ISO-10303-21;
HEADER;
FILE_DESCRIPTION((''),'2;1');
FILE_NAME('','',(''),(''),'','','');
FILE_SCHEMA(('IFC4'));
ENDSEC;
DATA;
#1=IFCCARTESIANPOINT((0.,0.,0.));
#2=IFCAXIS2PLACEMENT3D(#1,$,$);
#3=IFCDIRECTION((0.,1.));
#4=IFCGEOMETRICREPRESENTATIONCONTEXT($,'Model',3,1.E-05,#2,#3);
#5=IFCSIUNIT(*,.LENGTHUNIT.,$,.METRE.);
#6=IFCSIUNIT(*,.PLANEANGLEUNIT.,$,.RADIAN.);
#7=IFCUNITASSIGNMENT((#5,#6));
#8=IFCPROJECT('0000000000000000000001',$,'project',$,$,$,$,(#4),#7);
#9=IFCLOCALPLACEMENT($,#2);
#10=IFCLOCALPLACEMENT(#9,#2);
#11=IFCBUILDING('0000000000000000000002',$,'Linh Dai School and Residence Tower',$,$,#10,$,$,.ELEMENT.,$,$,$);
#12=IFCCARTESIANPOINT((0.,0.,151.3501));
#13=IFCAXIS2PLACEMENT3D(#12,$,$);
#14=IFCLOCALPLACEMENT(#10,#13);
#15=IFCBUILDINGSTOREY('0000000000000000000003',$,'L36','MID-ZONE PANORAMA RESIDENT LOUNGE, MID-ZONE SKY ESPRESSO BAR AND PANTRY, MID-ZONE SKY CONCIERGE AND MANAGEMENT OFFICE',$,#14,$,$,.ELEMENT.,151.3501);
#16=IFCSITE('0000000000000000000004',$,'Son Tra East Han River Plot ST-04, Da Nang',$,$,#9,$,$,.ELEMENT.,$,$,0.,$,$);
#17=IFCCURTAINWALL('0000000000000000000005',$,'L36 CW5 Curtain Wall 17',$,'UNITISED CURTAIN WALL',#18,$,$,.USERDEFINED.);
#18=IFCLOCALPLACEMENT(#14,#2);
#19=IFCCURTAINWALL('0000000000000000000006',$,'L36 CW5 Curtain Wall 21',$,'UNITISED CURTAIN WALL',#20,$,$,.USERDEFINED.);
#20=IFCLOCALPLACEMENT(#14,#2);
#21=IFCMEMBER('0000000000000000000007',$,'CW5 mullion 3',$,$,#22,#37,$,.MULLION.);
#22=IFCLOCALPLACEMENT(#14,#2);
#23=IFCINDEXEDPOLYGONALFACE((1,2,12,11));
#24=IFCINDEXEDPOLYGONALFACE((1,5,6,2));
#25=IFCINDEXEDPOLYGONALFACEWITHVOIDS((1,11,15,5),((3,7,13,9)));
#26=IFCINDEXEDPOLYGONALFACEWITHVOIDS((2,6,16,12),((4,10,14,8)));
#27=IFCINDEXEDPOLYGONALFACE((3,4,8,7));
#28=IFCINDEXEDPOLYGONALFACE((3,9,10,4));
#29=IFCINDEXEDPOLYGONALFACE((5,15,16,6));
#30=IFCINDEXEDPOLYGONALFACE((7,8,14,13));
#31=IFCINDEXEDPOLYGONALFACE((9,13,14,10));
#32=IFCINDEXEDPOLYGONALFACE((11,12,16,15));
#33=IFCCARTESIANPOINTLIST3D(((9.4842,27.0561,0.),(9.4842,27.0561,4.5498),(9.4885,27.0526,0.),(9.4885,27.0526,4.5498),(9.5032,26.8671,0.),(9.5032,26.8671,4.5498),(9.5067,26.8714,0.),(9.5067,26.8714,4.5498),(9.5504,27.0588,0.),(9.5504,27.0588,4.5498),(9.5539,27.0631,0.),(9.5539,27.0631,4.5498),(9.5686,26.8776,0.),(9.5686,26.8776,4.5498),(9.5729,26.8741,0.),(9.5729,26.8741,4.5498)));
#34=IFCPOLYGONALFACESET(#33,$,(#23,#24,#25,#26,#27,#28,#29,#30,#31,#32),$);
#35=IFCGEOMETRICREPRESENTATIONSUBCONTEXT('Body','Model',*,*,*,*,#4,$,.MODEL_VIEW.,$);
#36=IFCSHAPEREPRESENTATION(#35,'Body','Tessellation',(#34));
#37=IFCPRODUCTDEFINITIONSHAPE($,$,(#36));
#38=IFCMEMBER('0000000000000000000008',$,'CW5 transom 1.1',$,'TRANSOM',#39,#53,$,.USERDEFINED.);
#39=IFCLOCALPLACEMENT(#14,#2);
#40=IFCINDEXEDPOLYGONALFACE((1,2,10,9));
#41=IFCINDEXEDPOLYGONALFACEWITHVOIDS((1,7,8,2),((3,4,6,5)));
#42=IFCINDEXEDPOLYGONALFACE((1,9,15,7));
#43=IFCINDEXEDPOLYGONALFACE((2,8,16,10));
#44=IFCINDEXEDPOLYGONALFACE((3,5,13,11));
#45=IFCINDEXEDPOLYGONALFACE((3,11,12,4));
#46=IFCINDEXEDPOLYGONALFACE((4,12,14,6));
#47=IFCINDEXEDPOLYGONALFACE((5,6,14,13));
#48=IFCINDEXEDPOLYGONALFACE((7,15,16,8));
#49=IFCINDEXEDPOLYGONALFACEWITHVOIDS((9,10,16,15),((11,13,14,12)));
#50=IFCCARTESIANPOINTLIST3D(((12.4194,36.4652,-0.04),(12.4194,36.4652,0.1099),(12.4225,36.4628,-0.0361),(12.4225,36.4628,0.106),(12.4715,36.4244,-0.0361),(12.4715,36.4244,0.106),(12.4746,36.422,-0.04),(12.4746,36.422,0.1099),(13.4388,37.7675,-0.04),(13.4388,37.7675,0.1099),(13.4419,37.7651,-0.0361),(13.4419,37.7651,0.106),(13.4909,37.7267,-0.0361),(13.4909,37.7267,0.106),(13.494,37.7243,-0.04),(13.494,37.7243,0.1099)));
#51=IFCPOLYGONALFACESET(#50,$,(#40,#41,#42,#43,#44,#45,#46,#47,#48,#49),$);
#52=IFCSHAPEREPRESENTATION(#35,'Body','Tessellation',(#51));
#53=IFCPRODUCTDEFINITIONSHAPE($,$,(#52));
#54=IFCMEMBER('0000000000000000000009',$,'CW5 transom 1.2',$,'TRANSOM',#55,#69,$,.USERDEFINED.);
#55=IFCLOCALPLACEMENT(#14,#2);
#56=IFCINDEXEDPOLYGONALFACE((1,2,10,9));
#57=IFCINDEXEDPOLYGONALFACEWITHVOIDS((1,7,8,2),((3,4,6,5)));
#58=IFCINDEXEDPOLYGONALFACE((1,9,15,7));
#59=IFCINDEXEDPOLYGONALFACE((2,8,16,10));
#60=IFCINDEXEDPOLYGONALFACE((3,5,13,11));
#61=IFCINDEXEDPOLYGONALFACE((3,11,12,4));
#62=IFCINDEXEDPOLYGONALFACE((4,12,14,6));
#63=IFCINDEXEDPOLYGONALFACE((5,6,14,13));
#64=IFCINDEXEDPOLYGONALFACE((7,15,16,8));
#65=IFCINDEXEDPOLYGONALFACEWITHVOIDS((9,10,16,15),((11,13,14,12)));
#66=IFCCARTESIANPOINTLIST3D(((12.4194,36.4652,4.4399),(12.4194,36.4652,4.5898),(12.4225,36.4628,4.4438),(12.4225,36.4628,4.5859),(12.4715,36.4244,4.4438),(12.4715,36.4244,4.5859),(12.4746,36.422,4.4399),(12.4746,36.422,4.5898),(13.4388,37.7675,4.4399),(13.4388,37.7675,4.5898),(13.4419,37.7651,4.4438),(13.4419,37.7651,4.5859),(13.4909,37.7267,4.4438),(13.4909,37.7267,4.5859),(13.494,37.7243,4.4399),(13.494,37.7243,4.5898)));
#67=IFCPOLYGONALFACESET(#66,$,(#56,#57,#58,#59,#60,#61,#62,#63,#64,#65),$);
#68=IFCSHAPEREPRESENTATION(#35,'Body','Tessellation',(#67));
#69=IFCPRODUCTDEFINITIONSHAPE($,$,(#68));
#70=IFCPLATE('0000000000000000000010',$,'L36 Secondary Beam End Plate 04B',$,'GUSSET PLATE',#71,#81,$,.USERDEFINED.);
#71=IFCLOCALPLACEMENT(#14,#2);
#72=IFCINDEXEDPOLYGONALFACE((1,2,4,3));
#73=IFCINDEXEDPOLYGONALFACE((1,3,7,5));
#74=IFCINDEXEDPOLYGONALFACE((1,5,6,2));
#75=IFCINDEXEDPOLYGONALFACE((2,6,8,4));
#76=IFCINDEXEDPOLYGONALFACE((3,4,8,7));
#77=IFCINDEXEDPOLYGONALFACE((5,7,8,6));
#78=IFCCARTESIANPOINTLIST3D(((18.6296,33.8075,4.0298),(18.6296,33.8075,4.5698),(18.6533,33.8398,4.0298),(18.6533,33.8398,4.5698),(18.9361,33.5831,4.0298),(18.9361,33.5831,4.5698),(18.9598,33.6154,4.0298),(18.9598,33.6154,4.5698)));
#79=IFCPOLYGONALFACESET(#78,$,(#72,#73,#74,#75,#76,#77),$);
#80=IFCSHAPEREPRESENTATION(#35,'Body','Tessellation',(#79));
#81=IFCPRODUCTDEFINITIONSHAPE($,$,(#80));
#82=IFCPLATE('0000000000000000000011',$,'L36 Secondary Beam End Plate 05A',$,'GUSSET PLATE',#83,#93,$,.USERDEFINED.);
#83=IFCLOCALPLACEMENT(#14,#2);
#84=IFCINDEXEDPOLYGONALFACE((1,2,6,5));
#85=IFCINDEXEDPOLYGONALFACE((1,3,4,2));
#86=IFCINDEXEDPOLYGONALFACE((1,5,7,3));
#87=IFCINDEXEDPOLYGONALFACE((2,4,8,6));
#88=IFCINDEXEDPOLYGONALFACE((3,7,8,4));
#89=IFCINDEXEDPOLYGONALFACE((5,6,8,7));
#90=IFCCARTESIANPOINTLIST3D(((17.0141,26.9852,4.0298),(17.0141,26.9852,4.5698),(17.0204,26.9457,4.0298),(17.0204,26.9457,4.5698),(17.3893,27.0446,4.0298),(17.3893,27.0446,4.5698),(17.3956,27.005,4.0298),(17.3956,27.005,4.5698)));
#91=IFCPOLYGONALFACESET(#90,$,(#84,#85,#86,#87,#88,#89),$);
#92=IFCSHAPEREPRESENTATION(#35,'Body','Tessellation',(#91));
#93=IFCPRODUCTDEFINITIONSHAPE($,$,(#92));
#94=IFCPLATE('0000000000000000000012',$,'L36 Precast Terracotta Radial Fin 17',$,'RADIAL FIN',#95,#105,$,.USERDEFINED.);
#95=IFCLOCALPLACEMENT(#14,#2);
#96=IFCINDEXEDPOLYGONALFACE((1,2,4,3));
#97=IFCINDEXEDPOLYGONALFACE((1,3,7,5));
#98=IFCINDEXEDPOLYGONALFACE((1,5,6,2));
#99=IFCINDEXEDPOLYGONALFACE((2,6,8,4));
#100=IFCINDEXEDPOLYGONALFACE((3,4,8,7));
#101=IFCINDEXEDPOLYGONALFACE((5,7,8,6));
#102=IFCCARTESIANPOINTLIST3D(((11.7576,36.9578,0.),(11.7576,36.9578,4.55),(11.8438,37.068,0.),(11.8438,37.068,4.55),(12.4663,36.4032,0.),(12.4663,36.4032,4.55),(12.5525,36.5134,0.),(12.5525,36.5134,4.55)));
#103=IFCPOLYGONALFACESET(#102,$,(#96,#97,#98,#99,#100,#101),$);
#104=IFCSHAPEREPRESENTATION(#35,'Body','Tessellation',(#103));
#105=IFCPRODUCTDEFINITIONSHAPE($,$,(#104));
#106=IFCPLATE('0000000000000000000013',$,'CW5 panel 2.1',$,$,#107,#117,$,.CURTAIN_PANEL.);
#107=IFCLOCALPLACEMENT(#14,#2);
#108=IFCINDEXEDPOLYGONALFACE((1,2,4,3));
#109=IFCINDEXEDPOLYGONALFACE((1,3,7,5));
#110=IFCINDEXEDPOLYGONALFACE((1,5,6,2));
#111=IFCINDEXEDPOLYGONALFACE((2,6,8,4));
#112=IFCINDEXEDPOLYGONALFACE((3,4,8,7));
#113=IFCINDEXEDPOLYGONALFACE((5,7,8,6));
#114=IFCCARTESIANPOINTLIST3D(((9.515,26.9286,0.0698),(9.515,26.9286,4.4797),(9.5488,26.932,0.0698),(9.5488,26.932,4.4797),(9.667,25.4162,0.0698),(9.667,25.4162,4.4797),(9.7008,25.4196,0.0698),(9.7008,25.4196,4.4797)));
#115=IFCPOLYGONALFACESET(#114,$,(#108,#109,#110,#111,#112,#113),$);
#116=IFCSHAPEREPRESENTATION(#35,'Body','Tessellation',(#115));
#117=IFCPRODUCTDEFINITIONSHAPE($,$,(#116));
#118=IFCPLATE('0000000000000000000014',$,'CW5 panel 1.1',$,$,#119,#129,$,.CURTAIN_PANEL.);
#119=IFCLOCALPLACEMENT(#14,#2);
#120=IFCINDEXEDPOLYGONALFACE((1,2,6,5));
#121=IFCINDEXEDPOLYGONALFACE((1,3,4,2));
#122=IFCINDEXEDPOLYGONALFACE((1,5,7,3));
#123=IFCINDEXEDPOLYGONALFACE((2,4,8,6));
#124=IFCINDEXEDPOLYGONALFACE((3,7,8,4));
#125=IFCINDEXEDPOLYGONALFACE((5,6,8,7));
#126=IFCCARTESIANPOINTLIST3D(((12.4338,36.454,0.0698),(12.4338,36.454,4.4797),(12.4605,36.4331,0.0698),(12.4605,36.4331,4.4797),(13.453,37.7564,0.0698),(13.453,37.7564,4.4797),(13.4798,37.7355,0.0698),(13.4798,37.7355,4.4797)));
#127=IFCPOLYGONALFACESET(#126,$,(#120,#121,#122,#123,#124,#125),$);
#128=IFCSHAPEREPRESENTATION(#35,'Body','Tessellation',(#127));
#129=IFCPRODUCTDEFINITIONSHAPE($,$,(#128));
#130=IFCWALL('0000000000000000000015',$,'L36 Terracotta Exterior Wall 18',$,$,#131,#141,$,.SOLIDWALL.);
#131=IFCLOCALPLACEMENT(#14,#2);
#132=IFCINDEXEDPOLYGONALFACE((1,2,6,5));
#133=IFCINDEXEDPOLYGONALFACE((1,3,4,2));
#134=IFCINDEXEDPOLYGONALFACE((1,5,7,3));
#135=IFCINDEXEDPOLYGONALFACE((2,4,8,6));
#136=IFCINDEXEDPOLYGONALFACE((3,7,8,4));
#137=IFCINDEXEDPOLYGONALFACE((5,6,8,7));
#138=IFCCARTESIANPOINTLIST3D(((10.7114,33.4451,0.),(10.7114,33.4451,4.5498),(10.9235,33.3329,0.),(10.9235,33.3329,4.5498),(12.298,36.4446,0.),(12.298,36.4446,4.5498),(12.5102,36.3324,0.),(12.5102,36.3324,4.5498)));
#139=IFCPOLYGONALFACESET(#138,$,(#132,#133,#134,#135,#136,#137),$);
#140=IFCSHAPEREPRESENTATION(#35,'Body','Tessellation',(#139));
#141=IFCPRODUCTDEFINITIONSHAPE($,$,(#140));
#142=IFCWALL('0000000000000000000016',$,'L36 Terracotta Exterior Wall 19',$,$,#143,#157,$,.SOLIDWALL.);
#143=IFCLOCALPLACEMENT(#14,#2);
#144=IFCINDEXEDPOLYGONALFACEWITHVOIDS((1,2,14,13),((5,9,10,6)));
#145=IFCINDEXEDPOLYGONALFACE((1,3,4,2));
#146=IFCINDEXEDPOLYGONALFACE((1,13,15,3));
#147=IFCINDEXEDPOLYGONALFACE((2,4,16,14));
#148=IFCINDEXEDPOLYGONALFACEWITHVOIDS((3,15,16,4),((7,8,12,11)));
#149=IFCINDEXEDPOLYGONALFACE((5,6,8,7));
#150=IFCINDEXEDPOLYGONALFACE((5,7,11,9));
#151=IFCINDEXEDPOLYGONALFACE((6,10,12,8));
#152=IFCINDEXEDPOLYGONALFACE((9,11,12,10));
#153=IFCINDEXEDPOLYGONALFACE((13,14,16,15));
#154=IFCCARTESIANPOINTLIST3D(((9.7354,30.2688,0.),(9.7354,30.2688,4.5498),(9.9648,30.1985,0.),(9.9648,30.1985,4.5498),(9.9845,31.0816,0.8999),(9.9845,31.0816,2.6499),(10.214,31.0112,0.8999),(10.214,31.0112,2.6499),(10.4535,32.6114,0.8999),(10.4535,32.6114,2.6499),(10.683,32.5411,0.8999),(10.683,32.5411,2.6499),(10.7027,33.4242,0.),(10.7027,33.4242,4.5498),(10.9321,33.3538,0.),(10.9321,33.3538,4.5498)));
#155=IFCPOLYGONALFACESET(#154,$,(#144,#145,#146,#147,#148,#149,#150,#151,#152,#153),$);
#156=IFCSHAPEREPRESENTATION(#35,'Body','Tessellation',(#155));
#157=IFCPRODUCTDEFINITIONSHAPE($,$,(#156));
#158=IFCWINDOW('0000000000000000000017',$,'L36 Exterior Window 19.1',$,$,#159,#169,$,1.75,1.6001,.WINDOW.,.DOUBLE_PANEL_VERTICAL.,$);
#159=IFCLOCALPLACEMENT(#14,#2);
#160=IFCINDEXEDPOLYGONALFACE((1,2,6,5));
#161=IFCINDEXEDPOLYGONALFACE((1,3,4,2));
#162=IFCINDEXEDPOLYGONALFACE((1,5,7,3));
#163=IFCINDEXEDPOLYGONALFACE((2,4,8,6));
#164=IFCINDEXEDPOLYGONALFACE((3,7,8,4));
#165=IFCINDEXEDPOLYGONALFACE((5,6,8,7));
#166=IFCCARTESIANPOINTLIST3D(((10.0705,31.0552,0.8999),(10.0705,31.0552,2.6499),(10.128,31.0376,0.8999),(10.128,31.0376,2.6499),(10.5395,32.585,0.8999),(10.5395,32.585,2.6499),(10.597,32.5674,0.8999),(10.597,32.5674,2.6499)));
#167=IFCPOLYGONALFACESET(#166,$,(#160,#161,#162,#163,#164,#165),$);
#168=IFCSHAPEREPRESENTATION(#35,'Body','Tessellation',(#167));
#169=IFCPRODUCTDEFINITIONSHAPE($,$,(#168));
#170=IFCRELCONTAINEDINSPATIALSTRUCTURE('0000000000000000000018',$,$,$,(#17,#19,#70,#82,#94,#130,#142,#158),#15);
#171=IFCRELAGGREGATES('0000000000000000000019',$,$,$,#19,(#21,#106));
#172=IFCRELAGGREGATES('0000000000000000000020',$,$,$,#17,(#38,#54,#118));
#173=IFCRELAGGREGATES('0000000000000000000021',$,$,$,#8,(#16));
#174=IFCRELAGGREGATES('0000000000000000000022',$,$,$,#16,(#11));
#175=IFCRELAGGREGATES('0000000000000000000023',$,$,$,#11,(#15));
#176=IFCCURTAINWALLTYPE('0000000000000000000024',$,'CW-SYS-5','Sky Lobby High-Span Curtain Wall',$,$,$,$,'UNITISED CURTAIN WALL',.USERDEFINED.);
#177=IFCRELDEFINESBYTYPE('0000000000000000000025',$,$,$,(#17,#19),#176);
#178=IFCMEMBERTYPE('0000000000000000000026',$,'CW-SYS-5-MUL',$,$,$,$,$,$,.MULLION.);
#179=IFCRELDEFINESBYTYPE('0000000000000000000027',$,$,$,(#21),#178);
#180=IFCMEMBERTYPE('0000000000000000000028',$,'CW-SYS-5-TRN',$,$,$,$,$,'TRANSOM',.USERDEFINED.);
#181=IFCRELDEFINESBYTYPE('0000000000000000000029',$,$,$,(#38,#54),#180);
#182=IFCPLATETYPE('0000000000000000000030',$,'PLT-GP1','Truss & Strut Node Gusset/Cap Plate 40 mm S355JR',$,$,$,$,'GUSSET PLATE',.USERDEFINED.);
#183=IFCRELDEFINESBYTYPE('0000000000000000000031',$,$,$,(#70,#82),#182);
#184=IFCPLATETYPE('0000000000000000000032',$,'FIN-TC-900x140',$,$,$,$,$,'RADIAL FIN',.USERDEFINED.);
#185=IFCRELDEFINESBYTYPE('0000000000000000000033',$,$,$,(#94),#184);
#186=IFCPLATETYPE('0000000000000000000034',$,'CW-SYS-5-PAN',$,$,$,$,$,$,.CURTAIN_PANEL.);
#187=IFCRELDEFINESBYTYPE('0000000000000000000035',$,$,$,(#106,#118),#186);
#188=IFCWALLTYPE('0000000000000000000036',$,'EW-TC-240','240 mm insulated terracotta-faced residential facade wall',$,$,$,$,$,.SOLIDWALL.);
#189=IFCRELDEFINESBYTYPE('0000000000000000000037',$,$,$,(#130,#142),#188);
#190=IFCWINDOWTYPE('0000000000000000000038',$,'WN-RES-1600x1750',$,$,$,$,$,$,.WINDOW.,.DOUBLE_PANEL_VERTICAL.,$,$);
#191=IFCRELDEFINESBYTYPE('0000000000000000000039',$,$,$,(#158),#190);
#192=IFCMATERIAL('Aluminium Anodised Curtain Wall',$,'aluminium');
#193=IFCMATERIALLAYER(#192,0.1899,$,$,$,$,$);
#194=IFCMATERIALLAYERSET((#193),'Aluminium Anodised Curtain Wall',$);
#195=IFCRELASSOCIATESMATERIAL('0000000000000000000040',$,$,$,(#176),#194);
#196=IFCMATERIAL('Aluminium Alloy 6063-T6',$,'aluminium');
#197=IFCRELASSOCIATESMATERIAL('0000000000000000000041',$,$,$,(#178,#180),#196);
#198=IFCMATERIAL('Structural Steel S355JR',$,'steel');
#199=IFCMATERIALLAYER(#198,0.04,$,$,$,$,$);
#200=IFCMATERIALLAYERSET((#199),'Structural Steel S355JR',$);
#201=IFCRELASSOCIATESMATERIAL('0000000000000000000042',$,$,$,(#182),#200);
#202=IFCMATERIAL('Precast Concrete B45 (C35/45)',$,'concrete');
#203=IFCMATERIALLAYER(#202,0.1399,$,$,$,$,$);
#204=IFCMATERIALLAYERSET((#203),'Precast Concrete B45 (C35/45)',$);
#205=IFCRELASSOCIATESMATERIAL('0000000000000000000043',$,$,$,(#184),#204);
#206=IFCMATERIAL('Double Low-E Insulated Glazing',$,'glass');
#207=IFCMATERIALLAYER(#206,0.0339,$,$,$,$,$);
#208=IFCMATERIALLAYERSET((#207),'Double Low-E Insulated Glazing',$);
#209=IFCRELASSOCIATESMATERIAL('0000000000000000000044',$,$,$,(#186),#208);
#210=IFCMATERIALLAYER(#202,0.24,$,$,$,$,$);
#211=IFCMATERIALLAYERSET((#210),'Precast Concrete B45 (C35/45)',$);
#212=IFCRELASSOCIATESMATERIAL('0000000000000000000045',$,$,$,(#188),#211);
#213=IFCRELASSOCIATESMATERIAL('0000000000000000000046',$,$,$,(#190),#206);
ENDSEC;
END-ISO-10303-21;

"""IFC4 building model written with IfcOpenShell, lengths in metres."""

from ifc_helpers import new_model, si_unit, direction, frame, frame_2d, origin, origin_2d, place, context, subcontext, project, spatial, rectangle, hollow_rectangle, extrude, source, transform, mapped, material, layer, layer_set, material_profile, profile_set, type_object, element, fill, aggregate, save


model = new_model("IFC4")

# Units and contexts
model_context = context("Model", 3, precision=1e-05, world=origin(), true_north=direction((0.0, 1.0)))
body_context = subcontext(model_context, "Body", "Model", "MODEL_VIEW")
ifc_project = project(units=[si_unit("LENGTHUNIT", "METRE"), si_unit("PLANEANGLEUNIT", "RADIAN")], contexts=[model_context])

# Site, building, storey
site_placement = place(None, origin())
site = spatial("IfcSite", under=ifc_project, at=site_placement, Name="Son Tra East Han River Plot ST-04, Da Nang", CompositionType="ELEMENT", RefElevation=0.0)
building_placement = place(site_placement, origin())
building = spatial("IfcBuilding", under=site, at=building_placement, Name="Linh Dai School and Residence Tower", CompositionType="ELEMENT")
storey_placement = place(building_placement, frame((0.0, 0.0, 151.3501)))
storey = spatial("IfcBuildingStorey", under=building, at=storey_placement, Name="L36", Description="MID-ZONE PANORAMA RESIDENT LOUNGE, MID-ZONE SKY ESPRESSO BAR AND PANTRY, MID-ZONE SKY CONCIERGE AND MANAGEMENT OFFICE", CompositionType="ELEMENT", Elevation=151.3501)

# Shared definitions
ifc_material_1 = material(Name="Structural Steel S355JR", Category="steel")

# Curtain walls, member
ifc_material_2 = material(Name="Aluminium Anodised Curtain Wall", Category="aluminium")
ifc_layer_1 = layer(ifc_material_2, 0.1899)
ifc_layer_set_1 = layer_set([ifc_layer_1], Name="Aluminium Anodised Curtain Wall")
curtain_wall_type = type_object("IfcCurtainWallType", Name="CW-SYS-5", Description="Sky Lobby High-Span Curtain Wall", ElementType="UNITISED CURTAIN WALL", PredefinedType="USERDEFINED", material=ifc_layer_set_1)
curtain_wall_1_placement = place(storey_placement, origin())
curtain_wall_1 = element("IfcCurtainWall", 1, at=curtain_wall_1_placement, inside=storey, type_object=curtain_wall_type, Name="L36 CW5 Curtain Wall 17", ObjectType="UNITISED CURTAIN WALL", PredefinedType="USERDEFINED")
ifc_material_3 = material(Name="Aluminium Alloy 6063-T6", Category="aluminium")
ifc_material_profile_1 = material_profile(ifc_material_3, hollow_rectangle(XDim=0.0701, YDim=0.1899, WallThickness=0.0039, at=origin_2d()), Name="RHS 190x70x4")
ifc_profile_set_1 = profile_set([ifc_material_profile_1], Name="Aluminium Alloy 6063-T6")
member_type_1 = type_object("IfcMemberType", Name="CW-SYS-5-MUL", PredefinedType="MULLION", material=ifc_profile_set_1)
shared_shape_1 = source(origin(), body_context, "Body", "SweptSolid", [
    extrude(hollow_rectangle(XDim=0.0701, YDim=0.1899, WallThickness=0.0039, at=origin_2d()), origin(), (0.0, 0.0, 1.0), 4.5498),
])
curtain_wall_2_placement = place(storey_placement, origin())
curtain_wall_2 = element("IfcCurtainWall", 2, at=curtain_wall_2_placement, inside=storey, type_object=curtain_wall_type, Name="L36 CW5 Curtain Wall 21", ObjectType="UNITISED CURTAIN WALL", PredefinedType="USERDEFINED")
member_1_placement = place(storey_placement, frame((9.5286, 26.9651, 0.0), z_axis=(0.0, 0.0, 1.0), x_axis=(-0.994987, -0.100002, 0.0)))
member_1 = element("IfcMember", 3, at=member_1_placement, type_object=member_type_1, Name="CW5 mullion 3", PredefinedType="MULLION", context=body_context, shape_type="MappedRepresentation", body=[
    mapped(shared_shape_1, transform((0.0, 0.0, 0.0), x_axis=(1.0, 0.0, 0.0), y_axis=(0.0, 1.0, 0.0), z_axis=(0.0, 0.0, 1.0), scale=1.0)),
])

# Members
ifc_material_profile_2 = material_profile(ifc_material_3, hollow_rectangle(XDim=0.0701, YDim=0.1499, WallThickness=0.0039, at=origin_2d()), Name="RHS 150x70x4")
ifc_profile_set_2 = profile_set([ifc_material_profile_2], Name="Aluminium Alloy 6063-T6")
member_type_2 = type_object("IfcMemberType", Name="CW-SYS-5-TRN", ElementType="TRANSOM", PredefinedType="USERDEFINED", material=ifc_profile_set_2)
shared_shape_2 = source(origin(), body_context, "Body", "SweptSolid", [
    extrude(hollow_rectangle(XDim=0.0701, YDim=0.1499, WallThickness=0.0039, at=origin_2d()), origin(), (0.0, 0.0, 1.0), 1.6538),
])
member_2_placement = place(storey_placement, frame((12.447, 36.4436, 0.0349), z_axis=(0.61636, 0.787465, 0.0), x_axis=(-0.787465, 0.61636, 0.0)))
member_2 = element("IfcMember", 4, at=member_2_placement, type_object=member_type_2, Name="CW5 transom 1.1", ObjectType="TRANSOM", PredefinedType="USERDEFINED", context=body_context, shape_type="MappedRepresentation", body=[
    mapped(shared_shape_2, transform((0.0, 0.0, 0.0), x_axis=(1.0, 0.0, 0.0), y_axis=(0.0, 1.0, 0.0), z_axis=(0.0, 0.0, 1.0), scale=1.0)),
])
member_3_placement = place(storey_placement, frame((12.447, 36.4436, 4.5149), z_axis=(0.61636, 0.787465, 0.0), x_axis=(-0.787465, 0.61636, 0.0)))
member_3 = element("IfcMember", 5, at=member_3_placement, type_object=member_type_2, Name="CW5 transom 1.2", ObjectType="TRANSOM", PredefinedType="USERDEFINED", context=body_context, shape_type="MappedRepresentation", body=[
    mapped(shared_shape_2, transform((0.0, 0.0, 0.0), x_axis=(1.0, 0.0, 0.0), y_axis=(0.0, 1.0, 0.0), z_axis=(0.0, 0.0, 1.0), scale=1.0)),
])

# Plates
ifc_layer_2 = layer(ifc_material_1, 0.04)
ifc_layer_set_2 = layer_set([ifc_layer_2], Name="Structural Steel S355JR")
plate_type_1 = type_object("IfcPlateType", Name="PLT-GP1", Description="Truss & Strut Node Gusset/Cap Plate 40 mm S355JR", ElementType="GUSSET PLATE", PredefinedType="USERDEFINED", material=ifc_layer_set_2)
shared_shape_3 = source(origin(), body_context, "Body", "SweptSolid", [
    extrude(rectangle(XDim=0.04, YDim=0.3799, at=origin_2d()), origin(), (0.0, 0.0, 1.0), 0.54),
])
for number, where, z_axis, x_axis, name in (
    (6, (18.7947, 33.7114, 4.0298), (0.0, 0.0, 1.0), (-0.590797, -0.80682, 0.0), "L36 Secondary Beam End Plate 04B"),
    (7, (17.2048, 26.9951, 4.0298), (0.0, 0.0, 1.0), (0.156309, -0.987708, 0.0), "L36 Secondary Beam End Plate 05A"),
):
    element("IfcPlate", number, at=place(storey_placement, frame(where, z_axis=z_axis, x_axis=x_axis)), inside=storey, type_object=plate_type_1, Name=name, ObjectType="GUSSET PLATE", PredefinedType="USERDEFINED", context=body_context, shape_type="MappedRepresentation", body=[
        mapped(shared_shape_3, transform((0.0, 0.0, 0.0), x_axis=(1.0, 0.0, 0.0), y_axis=(0.0, 1.0, 0.0), z_axis=(0.0, 0.0, 1.0), scale=1.0)),
    ])
ifc_material_4 = material(Name="Precast Concrete B45 (C35/45)", Category="concrete")
ifc_layer_3 = layer(ifc_material_4, 0.1399)
ifc_layer_set_3 = layer_set([ifc_layer_3], Name="Precast Concrete B45 (C35/45)")
plate_type_2 = type_object("IfcPlateType", Name="FIN-TC-900x140", ElementType="RADIAL FIN", PredefinedType="USERDEFINED", material=ifc_layer_set_3)
shared_shape_4 = source(origin(), body_context, "Body", "SweptSolid", [
    extrude(rectangle(XDim=0.8999, YDim=0.1399, at=origin_2d()), origin(), (0.0, 0.0, 1.0), 4.55),
])
plate_1_placement = place(storey_placement, frame((12.155, 36.7356, 0.0), z_axis=(0.0, 0.0, 1.0), x_axis=(-0.787522, 0.616286, 0.0)))
element("IfcPlate", 8, at=plate_1_placement, inside=storey, type_object=plate_type_2, Name="L36 Precast Terracotta Radial Fin 17", ObjectType="RADIAL FIN", PredefinedType="USERDEFINED", context=body_context, shape_type="MappedRepresentation", body=[
    mapped(shared_shape_4, transform((0.0, 0.0, 0.0), x_axis=(1.0, 0.0, 0.0), y_axis=(0.0, 1.0, 0.0), z_axis=(0.0, 0.0, 1.0), scale=1.0)),
])

# Plates
ifc_material_5 = material(Name="Double Low-E Insulated Glazing", Category="glass")
ifc_layer_4 = layer(ifc_material_5, 0.0339)
ifc_layer_set_4 = layer_set([ifc_layer_4], Name="Double Low-E Insulated Glazing")
plate_type_3 = type_object("IfcPlateType", Name="CW-SYS-5-PAN", PredefinedType="CURTAIN_PANEL", material=ifc_layer_set_4)
shared_shape_5 = source(origin(), body_context, "Body", "SweptSolid", [
    extrude(rectangle(XDim=1.52, YDim=0.0339, at=origin_2d()), origin(), (0.0, 0.0, 1.0), 4.4099),
])
plate_2_placement = place(storey_placement, frame((9.6079, 26.1741, 0.0698), z_axis=(0.0, 0.0, 1.0), x_axis=(-0.100002, 0.994987, 0.0)))
plate_2 = element("IfcPlate", 9, at=plate_2_placement, type_object=plate_type_3, Name="CW5 panel 2.1", PredefinedType="CURTAIN_PANEL", context=body_context, shape_type="MappedRepresentation", body=[
    mapped(shared_shape_5, transform((0.0, 0.0, 0.0), x_axis=(1.0, 0.0, 0.0), y_axis=(0.0, 1.0, 0.0), z_axis=(0.0, 0.0, 1.0), scale=1.0)),
])
aggregate(curtain_wall_2, [member_1, plate_2])
shared_shape_6 = source(origin(), body_context, "Body", "SweptSolid", [
    extrude(rectangle(XDim=1.6538, YDim=0.0339, at=origin_2d()), origin(), (0.0, 0.0, 1.0), 4.4099),
])
plate_3_placement = place(storey_placement, frame((12.9568, 37.0947, 0.0698), z_axis=(0.0, 0.0, 1.0), x_axis=(0.616286, 0.787522, 0.0)))
plate_3 = element("IfcPlate", 10, at=plate_3_placement, type_object=plate_type_3, Name="CW5 panel 1.1", PredefinedType="CURTAIN_PANEL", context=body_context, shape_type="MappedRepresentation", body=[
    mapped(shared_shape_6, transform((0.0, 0.0, 0.0), x_axis=(1.0, 0.0, 0.0), y_axis=(0.0, 1.0, 0.0), z_axis=(0.0, 0.0, 1.0), scale=1.0)),
])
aggregate(curtain_wall_1, [member_2, member_3, plate_3])

# Wall
ifc_layer_5 = layer(ifc_material_4, 0.24)
ifc_layer_set_5 = layer_set([ifc_layer_5], Name="Precast Concrete B45 (C35/45)")
wall_type_1 = type_object("IfcWallType", Name="EW-TC-240", Description="240 mm insulated terracotta-faced residential facade wall", PredefinedType="SOLIDWALL", material=ifc_layer_set_5)
wall_1_placement = place(storey_placement, frame((10.8174, 33.3889, 0.0), z_axis=(0.0, 0.0, 1.0), x_axis=(0.467587, 0.883947, 0.0)))
element("IfcWall", 11, at=wall_1_placement, inside=storey, type_object=wall_type_1, Name="L36 Terracotta Exterior Wall 18", PredefinedType="SOLIDWALL", context=body_context, shape_type="SweptSolid", body=[
    extrude(rectangle(XDim=3.3933, YDim=0.24, at=frame_2d((1.6968, 0.0))), origin(), (0.0, 0.0, 1.0), 4.5498),
])

# Wall, opening, window
wall_2_placement = place(storey_placement, frame((9.8501, 30.2336, 0.0), z_axis=(0.0, 0.0, 1.0), x_axis=(0.293098, 0.956082, 0.0)))
wall_2 = element("IfcWall", 12, at=wall_2_placement, inside=storey, type_object=wall_type_1, Name="L36 Terracotta Exterior Wall 19", PredefinedType="SOLIDWALL", context=body_context, shape_type="SweptSolid", body=[
    extrude(rectangle(XDim=3.3003, YDim=0.24, at=frame_2d((1.6501, 0.0))), origin(), (0.0, 0.0, 1.0), 4.5498),
])
opening_1_placement = place(wall_2_placement, frame((0.8501, 0.0, 0.8999)))
opening_1 = element("IfcOpeningElement", 13, at=opening_1_placement, cuts=wall_2, PredefinedType="OPENING", context=body_context, shape_type="SweptSolid", body=[
    extrude(rectangle(XDim=1.6001, YDim=1.75, at=origin_2d()), frame((0.8, 0.1299, 0.875), z_axis=(0.0, -1.0, 0.0), x_axis=(1.0, 0.0, 0.0)), (0.0, 0.0, 1.0), 0.26),
])
window_type = type_object("IfcWindowType", Name="WN-RES-1600x1750", PartitioningType="DOUBLE_PANEL_VERTICAL", PredefinedType="WINDOW", material=ifc_material_5)
shared_shape_7 = source(origin(), body_context, "Body", "SweptSolid", [
    extrude(rectangle(XDim=1.6001, YDim=1.75, at=origin_2d()), frame((0.8, 0.03, 0.875), z_axis=(0.0, -1.0, 0.0), x_axis=(1.0, 0.0, 0.0)), (0.0, 0.0, 1.0), 0.0601),
])
window_placement = place(opening_1_placement, origin())
window = element("IfcWindow", 14, at=window_placement, inside=storey, type_object=window_type, Name="L36 Exterior Window 19.1", OverallHeight=1.75, OverallWidth=1.6001, PartitioningType="DOUBLE_PANEL_VERTICAL", PredefinedType="WINDOW", context=body_context, shape_type="MappedRepresentation", body=[
    mapped(shared_shape_7, transform((0.0, 0.0, 0.0), x_axis=(1.0, 0.0, 0.0), y_axis=(0.0, 1.0, 0.0), z_axis=(0.0, 0.0, 1.0), scale=1.0)),
])
fill(opening_1, window)

save(model, "model.ifc")
